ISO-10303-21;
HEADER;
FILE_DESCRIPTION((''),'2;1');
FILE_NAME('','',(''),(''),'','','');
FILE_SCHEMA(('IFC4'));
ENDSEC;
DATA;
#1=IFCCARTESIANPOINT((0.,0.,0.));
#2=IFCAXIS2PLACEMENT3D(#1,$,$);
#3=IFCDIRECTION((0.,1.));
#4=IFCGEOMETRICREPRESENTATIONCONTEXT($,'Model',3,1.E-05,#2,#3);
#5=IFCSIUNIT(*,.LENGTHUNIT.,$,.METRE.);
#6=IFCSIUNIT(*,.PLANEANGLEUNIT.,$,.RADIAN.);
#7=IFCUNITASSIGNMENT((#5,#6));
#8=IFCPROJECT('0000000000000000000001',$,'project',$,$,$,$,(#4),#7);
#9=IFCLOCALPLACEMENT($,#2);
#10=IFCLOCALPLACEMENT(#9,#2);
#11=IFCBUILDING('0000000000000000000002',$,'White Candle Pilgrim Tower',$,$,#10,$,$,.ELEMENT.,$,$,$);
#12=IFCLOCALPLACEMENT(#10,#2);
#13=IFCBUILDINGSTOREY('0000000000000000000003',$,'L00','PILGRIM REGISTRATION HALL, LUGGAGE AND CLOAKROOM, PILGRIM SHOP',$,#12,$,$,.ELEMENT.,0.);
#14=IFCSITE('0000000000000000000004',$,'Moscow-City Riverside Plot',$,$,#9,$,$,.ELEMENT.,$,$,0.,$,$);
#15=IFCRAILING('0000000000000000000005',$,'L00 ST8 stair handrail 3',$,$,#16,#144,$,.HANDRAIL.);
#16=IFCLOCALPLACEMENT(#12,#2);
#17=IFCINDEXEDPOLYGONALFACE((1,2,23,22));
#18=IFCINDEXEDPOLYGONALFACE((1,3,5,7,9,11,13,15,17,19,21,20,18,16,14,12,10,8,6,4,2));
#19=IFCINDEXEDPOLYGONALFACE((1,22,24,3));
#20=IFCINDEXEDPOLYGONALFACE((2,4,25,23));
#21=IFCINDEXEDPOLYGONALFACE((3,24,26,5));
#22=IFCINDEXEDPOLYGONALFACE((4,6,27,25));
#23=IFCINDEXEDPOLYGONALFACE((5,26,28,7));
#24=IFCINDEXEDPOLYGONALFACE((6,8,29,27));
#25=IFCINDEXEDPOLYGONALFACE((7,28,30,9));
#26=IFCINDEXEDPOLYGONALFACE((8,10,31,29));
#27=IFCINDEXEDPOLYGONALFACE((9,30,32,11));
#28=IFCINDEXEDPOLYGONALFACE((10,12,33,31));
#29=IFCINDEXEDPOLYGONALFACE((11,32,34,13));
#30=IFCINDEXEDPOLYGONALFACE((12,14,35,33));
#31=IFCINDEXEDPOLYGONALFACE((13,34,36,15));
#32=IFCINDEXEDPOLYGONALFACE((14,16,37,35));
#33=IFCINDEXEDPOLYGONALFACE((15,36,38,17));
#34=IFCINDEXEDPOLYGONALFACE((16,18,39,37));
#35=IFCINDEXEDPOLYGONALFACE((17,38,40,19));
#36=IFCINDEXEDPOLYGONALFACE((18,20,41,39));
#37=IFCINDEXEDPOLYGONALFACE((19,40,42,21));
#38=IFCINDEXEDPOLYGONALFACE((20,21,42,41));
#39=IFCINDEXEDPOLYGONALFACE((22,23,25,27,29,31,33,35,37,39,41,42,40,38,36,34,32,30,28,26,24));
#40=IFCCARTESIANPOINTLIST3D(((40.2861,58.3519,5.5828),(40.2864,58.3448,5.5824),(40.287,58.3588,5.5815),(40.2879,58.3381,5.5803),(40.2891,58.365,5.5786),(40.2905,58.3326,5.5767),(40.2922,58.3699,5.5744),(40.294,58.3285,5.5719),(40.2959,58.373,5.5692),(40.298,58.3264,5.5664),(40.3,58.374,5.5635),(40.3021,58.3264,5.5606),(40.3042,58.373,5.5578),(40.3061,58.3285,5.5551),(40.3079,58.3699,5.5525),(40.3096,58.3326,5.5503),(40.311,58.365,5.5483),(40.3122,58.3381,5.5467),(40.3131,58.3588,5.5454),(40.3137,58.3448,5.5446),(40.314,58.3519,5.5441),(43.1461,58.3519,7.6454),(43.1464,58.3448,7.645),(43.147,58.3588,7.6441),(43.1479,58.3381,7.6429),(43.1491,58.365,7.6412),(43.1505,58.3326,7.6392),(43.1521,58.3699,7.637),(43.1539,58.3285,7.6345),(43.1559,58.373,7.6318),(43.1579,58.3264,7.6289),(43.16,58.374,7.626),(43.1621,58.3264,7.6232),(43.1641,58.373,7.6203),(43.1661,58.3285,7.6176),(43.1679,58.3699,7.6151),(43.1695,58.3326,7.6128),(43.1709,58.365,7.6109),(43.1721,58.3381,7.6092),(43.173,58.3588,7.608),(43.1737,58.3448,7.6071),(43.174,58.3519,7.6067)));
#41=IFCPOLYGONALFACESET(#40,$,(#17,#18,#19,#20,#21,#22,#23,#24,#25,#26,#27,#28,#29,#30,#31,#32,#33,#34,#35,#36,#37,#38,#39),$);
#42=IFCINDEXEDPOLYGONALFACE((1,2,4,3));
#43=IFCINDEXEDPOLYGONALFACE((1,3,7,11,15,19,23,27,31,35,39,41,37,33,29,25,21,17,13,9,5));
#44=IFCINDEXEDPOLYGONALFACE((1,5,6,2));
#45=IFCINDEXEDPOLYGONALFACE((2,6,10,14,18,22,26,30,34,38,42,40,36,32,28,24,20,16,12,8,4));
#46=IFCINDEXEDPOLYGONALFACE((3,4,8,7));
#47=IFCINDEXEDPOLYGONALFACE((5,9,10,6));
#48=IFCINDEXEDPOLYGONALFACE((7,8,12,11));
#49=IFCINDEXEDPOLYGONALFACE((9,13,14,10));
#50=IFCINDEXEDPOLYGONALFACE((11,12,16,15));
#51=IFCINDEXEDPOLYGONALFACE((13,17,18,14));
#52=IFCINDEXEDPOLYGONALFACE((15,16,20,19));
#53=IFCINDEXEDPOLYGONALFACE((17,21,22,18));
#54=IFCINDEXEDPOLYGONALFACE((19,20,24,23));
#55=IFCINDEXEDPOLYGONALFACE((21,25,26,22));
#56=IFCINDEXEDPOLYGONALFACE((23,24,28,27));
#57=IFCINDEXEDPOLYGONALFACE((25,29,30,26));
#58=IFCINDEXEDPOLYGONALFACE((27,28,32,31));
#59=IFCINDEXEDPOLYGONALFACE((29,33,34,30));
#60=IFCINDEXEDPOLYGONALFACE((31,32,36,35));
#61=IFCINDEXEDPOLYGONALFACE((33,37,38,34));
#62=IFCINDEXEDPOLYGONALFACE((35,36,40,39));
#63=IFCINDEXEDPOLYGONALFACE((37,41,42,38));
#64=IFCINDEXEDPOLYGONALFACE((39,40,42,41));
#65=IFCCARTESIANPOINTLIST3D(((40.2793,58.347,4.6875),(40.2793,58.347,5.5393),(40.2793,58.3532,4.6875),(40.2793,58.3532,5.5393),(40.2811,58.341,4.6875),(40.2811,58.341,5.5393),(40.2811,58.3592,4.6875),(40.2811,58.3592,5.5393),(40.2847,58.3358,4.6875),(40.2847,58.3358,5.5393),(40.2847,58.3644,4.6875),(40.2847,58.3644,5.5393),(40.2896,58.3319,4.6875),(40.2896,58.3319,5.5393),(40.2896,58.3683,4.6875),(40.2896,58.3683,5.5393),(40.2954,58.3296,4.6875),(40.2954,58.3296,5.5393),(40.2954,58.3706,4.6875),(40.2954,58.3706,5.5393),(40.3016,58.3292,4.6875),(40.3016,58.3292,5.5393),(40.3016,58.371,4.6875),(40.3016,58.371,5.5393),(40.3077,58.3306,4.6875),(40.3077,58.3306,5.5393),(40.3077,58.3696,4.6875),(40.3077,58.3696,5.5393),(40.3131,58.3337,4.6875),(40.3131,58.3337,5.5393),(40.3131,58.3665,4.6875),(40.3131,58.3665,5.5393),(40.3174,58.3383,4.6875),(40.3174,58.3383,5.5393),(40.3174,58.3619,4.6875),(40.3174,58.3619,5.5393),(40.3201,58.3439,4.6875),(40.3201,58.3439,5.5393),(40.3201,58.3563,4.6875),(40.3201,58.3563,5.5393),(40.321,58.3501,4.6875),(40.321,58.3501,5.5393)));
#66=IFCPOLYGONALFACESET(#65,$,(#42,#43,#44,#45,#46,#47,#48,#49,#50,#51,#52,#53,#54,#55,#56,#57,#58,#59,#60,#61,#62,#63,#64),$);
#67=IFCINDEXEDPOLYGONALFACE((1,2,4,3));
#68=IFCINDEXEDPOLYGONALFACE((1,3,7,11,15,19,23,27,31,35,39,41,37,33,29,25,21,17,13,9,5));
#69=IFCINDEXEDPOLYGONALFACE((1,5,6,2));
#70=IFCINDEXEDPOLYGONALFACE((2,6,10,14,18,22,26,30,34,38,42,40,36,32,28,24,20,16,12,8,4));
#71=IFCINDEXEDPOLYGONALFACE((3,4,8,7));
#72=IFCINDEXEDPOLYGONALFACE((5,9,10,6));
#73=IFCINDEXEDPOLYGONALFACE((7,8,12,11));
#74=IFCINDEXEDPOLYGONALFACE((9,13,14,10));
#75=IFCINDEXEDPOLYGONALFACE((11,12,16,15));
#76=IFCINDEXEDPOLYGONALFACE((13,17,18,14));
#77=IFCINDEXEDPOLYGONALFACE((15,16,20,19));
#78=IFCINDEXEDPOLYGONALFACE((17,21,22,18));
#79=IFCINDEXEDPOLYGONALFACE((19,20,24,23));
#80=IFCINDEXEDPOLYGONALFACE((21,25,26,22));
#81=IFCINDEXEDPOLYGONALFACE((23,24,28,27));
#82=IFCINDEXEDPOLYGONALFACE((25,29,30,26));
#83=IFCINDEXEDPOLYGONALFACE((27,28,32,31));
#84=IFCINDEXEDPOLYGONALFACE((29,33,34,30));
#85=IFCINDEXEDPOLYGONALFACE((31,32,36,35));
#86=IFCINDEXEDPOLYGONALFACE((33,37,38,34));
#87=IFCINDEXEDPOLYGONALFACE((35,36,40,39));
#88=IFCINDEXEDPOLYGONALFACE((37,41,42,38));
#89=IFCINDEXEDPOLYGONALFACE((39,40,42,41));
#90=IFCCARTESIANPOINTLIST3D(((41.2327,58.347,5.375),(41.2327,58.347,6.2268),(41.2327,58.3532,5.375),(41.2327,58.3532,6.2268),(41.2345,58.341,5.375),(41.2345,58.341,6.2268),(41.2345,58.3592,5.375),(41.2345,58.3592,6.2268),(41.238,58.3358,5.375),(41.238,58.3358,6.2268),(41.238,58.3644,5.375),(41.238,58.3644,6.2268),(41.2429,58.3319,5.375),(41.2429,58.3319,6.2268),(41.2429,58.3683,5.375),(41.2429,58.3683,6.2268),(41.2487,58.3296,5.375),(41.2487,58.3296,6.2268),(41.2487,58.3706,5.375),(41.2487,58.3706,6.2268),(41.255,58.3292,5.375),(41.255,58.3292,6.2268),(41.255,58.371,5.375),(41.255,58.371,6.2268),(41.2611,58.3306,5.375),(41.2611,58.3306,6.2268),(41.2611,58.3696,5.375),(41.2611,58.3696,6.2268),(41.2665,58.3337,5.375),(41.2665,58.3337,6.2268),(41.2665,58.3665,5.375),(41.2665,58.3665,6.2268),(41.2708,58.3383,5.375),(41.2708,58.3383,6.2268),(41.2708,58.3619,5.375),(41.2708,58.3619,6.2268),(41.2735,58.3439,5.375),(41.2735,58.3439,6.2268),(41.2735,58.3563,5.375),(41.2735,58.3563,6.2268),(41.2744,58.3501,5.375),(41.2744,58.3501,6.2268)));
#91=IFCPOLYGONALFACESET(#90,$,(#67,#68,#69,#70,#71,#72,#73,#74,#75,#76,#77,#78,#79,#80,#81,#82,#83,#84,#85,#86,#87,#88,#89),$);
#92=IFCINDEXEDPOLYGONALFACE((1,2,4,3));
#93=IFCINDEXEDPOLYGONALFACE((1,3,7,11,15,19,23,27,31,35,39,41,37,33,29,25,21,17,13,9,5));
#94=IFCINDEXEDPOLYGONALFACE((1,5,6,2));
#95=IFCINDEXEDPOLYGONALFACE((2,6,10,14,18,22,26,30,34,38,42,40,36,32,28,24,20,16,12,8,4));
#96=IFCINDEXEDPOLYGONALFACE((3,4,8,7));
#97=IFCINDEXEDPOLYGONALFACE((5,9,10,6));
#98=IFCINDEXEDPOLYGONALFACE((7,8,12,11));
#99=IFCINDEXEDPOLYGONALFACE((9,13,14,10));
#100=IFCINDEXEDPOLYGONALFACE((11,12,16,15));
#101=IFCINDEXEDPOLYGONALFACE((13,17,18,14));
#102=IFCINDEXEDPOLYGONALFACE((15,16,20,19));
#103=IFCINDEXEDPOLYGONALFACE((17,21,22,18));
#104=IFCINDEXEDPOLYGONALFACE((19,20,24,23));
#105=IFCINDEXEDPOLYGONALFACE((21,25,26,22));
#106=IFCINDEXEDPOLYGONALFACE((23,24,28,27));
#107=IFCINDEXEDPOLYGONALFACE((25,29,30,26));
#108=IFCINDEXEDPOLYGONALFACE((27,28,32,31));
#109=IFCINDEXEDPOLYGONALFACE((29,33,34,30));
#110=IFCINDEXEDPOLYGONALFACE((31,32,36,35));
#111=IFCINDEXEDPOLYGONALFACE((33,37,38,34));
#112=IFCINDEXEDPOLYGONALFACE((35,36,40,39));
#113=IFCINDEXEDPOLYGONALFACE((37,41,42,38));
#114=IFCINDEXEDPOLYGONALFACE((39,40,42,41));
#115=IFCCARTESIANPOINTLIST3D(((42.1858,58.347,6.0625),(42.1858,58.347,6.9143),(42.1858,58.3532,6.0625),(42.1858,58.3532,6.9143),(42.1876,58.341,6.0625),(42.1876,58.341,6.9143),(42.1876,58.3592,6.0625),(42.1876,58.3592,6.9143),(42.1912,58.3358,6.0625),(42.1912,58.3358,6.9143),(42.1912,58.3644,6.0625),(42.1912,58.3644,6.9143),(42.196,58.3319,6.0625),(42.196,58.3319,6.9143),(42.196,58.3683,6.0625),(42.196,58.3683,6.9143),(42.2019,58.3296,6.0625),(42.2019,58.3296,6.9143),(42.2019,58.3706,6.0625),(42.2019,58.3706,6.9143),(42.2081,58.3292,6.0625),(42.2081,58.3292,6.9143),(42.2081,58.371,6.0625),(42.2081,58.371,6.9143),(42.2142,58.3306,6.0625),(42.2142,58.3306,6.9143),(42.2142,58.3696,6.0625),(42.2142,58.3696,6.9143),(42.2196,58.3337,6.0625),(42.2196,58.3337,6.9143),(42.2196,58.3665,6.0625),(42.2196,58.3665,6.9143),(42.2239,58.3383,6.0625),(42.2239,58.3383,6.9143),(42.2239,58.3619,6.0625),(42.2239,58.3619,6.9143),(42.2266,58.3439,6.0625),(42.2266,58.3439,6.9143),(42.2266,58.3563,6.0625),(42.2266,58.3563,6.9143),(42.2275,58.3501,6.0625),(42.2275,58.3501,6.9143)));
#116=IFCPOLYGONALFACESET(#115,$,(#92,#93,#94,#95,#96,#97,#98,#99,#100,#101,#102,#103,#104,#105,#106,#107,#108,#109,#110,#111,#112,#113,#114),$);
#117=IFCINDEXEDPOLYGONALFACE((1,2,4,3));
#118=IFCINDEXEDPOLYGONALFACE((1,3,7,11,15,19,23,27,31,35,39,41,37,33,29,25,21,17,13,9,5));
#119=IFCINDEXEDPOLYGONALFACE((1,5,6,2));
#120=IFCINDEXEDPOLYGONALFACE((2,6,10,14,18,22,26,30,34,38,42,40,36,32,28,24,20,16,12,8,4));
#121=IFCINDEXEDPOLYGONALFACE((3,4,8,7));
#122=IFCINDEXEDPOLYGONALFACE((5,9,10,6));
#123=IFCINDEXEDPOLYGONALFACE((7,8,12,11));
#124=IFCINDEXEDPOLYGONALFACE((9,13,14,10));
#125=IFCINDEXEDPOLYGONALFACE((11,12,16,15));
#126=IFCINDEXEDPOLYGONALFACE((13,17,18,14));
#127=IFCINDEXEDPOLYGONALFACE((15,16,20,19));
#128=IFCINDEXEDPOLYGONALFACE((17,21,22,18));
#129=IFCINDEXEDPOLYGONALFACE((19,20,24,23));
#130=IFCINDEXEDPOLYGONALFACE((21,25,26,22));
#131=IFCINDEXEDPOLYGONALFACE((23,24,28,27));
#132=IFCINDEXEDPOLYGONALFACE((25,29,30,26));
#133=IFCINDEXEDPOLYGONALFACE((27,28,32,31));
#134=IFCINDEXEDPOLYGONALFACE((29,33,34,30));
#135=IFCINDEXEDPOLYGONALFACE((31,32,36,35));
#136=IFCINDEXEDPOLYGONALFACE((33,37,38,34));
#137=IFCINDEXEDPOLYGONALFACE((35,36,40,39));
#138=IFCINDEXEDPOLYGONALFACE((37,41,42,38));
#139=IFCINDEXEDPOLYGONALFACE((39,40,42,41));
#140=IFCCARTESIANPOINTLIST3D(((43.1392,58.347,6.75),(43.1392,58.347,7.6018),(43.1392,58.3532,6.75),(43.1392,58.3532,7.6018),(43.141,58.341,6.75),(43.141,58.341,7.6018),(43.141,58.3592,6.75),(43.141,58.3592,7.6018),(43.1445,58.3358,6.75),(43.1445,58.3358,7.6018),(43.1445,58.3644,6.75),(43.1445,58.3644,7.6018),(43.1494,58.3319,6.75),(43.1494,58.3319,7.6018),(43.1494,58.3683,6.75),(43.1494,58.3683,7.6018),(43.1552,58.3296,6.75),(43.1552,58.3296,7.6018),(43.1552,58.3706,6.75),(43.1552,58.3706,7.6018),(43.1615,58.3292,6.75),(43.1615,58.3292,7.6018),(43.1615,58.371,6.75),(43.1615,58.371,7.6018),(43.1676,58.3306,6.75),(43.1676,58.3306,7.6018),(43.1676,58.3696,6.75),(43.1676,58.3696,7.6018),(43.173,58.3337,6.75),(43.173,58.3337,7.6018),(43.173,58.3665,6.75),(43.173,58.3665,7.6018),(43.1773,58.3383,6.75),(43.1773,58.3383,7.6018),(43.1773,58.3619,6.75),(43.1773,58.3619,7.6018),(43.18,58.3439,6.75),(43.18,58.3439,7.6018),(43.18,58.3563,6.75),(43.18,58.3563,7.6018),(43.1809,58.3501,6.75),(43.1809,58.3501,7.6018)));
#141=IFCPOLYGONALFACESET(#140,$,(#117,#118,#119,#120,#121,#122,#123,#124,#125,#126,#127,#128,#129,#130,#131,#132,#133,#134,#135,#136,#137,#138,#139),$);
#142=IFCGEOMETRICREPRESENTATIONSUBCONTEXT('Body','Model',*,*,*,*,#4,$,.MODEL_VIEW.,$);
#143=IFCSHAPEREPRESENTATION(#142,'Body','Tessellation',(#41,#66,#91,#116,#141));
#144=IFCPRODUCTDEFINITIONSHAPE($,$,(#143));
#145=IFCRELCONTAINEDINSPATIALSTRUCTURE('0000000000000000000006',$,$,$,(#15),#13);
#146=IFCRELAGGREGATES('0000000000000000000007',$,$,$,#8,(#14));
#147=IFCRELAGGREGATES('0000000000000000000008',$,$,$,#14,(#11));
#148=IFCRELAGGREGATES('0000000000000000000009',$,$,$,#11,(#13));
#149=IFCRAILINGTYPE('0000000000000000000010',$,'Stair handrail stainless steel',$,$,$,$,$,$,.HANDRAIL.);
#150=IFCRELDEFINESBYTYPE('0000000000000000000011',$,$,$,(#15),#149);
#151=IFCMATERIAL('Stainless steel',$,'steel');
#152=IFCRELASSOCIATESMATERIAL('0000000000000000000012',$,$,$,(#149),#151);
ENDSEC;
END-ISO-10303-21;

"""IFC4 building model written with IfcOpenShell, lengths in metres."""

from ifc_helpers import new_model, si_unit, direction, frame, origin, origin_2d, place, context, subcontext, project, spatial, circle, extrude, material, type_object, element, save


model = new_model("IFC4")

# Units and contexts
model_context = context("Model", 3, precision=1e-05, world=origin(), true_north=direction((0.0, 1.0)))
body_context = subcontext(model_context, "Body", "Model", "MODEL_VIEW")
ifc_project = project(units=[si_unit("LENGTHUNIT", "METRE"), si_unit("PLANEANGLEUNIT", "RADIAN")], contexts=[model_context])

# Site, building, storey
site_placement = place(None, origin())
site = spatial("IfcSite", under=ifc_project, at=site_placement, Name="Moscow-City Riverside Plot", CompositionType="ELEMENT", RefElevation=0.0)
building_placement = place(site_placement, origin())
building = spatial("IfcBuilding", under=site, at=building_placement, Name="White Candle Pilgrim Tower", CompositionType="ELEMENT")
storey_placement = place(building_placement, origin())
storey = spatial("IfcBuildingStorey", under=building, at=storey_placement, Name="L00", Description="PILGRIM REGISTRATION HALL, LUGGAGE AND CLOAKROOM, PILGRIM SHOP", CompositionType="ELEMENT", Elevation=0.0)

# Railing
ifc_material_1 = material(Name="Stainless steel", Category="steel")
railing_type_1 = type_object("IfcRailingType", Name="Stair handrail stainless steel", PredefinedType="HANDRAIL", material=ifc_material_1)
railing_1_placement = place(storey_placement, frame((40.3, 58.3501, 4.6875)))
element("IfcRailing", 1, at=railing_1_placement, inside=storey, type_object=railing_type_1, Name="L00 ST8 stair handrail 3", PredefinedType="HANDRAIL", context=body_context, shape_type="SweptSolid", body=[
    extrude(circle(Radius=0.0239, at=origin_2d()), frame((0.0, 0.0, 0.876), z_axis=(0.811077, 0.0, 0.584939), x_axis=(0.0, 1.0, 0.0)), (0.0, 0.0, 1.0), 3.5261),
    extrude(circle(Radius=0.021, at=origin_2d()), origin(), (0.0, 0.0, 1.0), 0.8518),
    extrude(circle(Radius=0.021, at=origin_2d()), frame((0.9534, 0.0, 0.6875)), (0.0, 0.0, 1.0), 0.8518),
    extrude(circle(Radius=0.021, at=origin_2d()), frame((1.9065, 0.0, 1.375)), (0.0, 0.0, 1.0), 0.8518),
    extrude(circle(Radius=0.021, at=origin_2d()), frame((2.8599, 0.0, 2.0625)), (0.0, 0.0, 1.0), 0.8518),
])

save(model, "model.ifc")
